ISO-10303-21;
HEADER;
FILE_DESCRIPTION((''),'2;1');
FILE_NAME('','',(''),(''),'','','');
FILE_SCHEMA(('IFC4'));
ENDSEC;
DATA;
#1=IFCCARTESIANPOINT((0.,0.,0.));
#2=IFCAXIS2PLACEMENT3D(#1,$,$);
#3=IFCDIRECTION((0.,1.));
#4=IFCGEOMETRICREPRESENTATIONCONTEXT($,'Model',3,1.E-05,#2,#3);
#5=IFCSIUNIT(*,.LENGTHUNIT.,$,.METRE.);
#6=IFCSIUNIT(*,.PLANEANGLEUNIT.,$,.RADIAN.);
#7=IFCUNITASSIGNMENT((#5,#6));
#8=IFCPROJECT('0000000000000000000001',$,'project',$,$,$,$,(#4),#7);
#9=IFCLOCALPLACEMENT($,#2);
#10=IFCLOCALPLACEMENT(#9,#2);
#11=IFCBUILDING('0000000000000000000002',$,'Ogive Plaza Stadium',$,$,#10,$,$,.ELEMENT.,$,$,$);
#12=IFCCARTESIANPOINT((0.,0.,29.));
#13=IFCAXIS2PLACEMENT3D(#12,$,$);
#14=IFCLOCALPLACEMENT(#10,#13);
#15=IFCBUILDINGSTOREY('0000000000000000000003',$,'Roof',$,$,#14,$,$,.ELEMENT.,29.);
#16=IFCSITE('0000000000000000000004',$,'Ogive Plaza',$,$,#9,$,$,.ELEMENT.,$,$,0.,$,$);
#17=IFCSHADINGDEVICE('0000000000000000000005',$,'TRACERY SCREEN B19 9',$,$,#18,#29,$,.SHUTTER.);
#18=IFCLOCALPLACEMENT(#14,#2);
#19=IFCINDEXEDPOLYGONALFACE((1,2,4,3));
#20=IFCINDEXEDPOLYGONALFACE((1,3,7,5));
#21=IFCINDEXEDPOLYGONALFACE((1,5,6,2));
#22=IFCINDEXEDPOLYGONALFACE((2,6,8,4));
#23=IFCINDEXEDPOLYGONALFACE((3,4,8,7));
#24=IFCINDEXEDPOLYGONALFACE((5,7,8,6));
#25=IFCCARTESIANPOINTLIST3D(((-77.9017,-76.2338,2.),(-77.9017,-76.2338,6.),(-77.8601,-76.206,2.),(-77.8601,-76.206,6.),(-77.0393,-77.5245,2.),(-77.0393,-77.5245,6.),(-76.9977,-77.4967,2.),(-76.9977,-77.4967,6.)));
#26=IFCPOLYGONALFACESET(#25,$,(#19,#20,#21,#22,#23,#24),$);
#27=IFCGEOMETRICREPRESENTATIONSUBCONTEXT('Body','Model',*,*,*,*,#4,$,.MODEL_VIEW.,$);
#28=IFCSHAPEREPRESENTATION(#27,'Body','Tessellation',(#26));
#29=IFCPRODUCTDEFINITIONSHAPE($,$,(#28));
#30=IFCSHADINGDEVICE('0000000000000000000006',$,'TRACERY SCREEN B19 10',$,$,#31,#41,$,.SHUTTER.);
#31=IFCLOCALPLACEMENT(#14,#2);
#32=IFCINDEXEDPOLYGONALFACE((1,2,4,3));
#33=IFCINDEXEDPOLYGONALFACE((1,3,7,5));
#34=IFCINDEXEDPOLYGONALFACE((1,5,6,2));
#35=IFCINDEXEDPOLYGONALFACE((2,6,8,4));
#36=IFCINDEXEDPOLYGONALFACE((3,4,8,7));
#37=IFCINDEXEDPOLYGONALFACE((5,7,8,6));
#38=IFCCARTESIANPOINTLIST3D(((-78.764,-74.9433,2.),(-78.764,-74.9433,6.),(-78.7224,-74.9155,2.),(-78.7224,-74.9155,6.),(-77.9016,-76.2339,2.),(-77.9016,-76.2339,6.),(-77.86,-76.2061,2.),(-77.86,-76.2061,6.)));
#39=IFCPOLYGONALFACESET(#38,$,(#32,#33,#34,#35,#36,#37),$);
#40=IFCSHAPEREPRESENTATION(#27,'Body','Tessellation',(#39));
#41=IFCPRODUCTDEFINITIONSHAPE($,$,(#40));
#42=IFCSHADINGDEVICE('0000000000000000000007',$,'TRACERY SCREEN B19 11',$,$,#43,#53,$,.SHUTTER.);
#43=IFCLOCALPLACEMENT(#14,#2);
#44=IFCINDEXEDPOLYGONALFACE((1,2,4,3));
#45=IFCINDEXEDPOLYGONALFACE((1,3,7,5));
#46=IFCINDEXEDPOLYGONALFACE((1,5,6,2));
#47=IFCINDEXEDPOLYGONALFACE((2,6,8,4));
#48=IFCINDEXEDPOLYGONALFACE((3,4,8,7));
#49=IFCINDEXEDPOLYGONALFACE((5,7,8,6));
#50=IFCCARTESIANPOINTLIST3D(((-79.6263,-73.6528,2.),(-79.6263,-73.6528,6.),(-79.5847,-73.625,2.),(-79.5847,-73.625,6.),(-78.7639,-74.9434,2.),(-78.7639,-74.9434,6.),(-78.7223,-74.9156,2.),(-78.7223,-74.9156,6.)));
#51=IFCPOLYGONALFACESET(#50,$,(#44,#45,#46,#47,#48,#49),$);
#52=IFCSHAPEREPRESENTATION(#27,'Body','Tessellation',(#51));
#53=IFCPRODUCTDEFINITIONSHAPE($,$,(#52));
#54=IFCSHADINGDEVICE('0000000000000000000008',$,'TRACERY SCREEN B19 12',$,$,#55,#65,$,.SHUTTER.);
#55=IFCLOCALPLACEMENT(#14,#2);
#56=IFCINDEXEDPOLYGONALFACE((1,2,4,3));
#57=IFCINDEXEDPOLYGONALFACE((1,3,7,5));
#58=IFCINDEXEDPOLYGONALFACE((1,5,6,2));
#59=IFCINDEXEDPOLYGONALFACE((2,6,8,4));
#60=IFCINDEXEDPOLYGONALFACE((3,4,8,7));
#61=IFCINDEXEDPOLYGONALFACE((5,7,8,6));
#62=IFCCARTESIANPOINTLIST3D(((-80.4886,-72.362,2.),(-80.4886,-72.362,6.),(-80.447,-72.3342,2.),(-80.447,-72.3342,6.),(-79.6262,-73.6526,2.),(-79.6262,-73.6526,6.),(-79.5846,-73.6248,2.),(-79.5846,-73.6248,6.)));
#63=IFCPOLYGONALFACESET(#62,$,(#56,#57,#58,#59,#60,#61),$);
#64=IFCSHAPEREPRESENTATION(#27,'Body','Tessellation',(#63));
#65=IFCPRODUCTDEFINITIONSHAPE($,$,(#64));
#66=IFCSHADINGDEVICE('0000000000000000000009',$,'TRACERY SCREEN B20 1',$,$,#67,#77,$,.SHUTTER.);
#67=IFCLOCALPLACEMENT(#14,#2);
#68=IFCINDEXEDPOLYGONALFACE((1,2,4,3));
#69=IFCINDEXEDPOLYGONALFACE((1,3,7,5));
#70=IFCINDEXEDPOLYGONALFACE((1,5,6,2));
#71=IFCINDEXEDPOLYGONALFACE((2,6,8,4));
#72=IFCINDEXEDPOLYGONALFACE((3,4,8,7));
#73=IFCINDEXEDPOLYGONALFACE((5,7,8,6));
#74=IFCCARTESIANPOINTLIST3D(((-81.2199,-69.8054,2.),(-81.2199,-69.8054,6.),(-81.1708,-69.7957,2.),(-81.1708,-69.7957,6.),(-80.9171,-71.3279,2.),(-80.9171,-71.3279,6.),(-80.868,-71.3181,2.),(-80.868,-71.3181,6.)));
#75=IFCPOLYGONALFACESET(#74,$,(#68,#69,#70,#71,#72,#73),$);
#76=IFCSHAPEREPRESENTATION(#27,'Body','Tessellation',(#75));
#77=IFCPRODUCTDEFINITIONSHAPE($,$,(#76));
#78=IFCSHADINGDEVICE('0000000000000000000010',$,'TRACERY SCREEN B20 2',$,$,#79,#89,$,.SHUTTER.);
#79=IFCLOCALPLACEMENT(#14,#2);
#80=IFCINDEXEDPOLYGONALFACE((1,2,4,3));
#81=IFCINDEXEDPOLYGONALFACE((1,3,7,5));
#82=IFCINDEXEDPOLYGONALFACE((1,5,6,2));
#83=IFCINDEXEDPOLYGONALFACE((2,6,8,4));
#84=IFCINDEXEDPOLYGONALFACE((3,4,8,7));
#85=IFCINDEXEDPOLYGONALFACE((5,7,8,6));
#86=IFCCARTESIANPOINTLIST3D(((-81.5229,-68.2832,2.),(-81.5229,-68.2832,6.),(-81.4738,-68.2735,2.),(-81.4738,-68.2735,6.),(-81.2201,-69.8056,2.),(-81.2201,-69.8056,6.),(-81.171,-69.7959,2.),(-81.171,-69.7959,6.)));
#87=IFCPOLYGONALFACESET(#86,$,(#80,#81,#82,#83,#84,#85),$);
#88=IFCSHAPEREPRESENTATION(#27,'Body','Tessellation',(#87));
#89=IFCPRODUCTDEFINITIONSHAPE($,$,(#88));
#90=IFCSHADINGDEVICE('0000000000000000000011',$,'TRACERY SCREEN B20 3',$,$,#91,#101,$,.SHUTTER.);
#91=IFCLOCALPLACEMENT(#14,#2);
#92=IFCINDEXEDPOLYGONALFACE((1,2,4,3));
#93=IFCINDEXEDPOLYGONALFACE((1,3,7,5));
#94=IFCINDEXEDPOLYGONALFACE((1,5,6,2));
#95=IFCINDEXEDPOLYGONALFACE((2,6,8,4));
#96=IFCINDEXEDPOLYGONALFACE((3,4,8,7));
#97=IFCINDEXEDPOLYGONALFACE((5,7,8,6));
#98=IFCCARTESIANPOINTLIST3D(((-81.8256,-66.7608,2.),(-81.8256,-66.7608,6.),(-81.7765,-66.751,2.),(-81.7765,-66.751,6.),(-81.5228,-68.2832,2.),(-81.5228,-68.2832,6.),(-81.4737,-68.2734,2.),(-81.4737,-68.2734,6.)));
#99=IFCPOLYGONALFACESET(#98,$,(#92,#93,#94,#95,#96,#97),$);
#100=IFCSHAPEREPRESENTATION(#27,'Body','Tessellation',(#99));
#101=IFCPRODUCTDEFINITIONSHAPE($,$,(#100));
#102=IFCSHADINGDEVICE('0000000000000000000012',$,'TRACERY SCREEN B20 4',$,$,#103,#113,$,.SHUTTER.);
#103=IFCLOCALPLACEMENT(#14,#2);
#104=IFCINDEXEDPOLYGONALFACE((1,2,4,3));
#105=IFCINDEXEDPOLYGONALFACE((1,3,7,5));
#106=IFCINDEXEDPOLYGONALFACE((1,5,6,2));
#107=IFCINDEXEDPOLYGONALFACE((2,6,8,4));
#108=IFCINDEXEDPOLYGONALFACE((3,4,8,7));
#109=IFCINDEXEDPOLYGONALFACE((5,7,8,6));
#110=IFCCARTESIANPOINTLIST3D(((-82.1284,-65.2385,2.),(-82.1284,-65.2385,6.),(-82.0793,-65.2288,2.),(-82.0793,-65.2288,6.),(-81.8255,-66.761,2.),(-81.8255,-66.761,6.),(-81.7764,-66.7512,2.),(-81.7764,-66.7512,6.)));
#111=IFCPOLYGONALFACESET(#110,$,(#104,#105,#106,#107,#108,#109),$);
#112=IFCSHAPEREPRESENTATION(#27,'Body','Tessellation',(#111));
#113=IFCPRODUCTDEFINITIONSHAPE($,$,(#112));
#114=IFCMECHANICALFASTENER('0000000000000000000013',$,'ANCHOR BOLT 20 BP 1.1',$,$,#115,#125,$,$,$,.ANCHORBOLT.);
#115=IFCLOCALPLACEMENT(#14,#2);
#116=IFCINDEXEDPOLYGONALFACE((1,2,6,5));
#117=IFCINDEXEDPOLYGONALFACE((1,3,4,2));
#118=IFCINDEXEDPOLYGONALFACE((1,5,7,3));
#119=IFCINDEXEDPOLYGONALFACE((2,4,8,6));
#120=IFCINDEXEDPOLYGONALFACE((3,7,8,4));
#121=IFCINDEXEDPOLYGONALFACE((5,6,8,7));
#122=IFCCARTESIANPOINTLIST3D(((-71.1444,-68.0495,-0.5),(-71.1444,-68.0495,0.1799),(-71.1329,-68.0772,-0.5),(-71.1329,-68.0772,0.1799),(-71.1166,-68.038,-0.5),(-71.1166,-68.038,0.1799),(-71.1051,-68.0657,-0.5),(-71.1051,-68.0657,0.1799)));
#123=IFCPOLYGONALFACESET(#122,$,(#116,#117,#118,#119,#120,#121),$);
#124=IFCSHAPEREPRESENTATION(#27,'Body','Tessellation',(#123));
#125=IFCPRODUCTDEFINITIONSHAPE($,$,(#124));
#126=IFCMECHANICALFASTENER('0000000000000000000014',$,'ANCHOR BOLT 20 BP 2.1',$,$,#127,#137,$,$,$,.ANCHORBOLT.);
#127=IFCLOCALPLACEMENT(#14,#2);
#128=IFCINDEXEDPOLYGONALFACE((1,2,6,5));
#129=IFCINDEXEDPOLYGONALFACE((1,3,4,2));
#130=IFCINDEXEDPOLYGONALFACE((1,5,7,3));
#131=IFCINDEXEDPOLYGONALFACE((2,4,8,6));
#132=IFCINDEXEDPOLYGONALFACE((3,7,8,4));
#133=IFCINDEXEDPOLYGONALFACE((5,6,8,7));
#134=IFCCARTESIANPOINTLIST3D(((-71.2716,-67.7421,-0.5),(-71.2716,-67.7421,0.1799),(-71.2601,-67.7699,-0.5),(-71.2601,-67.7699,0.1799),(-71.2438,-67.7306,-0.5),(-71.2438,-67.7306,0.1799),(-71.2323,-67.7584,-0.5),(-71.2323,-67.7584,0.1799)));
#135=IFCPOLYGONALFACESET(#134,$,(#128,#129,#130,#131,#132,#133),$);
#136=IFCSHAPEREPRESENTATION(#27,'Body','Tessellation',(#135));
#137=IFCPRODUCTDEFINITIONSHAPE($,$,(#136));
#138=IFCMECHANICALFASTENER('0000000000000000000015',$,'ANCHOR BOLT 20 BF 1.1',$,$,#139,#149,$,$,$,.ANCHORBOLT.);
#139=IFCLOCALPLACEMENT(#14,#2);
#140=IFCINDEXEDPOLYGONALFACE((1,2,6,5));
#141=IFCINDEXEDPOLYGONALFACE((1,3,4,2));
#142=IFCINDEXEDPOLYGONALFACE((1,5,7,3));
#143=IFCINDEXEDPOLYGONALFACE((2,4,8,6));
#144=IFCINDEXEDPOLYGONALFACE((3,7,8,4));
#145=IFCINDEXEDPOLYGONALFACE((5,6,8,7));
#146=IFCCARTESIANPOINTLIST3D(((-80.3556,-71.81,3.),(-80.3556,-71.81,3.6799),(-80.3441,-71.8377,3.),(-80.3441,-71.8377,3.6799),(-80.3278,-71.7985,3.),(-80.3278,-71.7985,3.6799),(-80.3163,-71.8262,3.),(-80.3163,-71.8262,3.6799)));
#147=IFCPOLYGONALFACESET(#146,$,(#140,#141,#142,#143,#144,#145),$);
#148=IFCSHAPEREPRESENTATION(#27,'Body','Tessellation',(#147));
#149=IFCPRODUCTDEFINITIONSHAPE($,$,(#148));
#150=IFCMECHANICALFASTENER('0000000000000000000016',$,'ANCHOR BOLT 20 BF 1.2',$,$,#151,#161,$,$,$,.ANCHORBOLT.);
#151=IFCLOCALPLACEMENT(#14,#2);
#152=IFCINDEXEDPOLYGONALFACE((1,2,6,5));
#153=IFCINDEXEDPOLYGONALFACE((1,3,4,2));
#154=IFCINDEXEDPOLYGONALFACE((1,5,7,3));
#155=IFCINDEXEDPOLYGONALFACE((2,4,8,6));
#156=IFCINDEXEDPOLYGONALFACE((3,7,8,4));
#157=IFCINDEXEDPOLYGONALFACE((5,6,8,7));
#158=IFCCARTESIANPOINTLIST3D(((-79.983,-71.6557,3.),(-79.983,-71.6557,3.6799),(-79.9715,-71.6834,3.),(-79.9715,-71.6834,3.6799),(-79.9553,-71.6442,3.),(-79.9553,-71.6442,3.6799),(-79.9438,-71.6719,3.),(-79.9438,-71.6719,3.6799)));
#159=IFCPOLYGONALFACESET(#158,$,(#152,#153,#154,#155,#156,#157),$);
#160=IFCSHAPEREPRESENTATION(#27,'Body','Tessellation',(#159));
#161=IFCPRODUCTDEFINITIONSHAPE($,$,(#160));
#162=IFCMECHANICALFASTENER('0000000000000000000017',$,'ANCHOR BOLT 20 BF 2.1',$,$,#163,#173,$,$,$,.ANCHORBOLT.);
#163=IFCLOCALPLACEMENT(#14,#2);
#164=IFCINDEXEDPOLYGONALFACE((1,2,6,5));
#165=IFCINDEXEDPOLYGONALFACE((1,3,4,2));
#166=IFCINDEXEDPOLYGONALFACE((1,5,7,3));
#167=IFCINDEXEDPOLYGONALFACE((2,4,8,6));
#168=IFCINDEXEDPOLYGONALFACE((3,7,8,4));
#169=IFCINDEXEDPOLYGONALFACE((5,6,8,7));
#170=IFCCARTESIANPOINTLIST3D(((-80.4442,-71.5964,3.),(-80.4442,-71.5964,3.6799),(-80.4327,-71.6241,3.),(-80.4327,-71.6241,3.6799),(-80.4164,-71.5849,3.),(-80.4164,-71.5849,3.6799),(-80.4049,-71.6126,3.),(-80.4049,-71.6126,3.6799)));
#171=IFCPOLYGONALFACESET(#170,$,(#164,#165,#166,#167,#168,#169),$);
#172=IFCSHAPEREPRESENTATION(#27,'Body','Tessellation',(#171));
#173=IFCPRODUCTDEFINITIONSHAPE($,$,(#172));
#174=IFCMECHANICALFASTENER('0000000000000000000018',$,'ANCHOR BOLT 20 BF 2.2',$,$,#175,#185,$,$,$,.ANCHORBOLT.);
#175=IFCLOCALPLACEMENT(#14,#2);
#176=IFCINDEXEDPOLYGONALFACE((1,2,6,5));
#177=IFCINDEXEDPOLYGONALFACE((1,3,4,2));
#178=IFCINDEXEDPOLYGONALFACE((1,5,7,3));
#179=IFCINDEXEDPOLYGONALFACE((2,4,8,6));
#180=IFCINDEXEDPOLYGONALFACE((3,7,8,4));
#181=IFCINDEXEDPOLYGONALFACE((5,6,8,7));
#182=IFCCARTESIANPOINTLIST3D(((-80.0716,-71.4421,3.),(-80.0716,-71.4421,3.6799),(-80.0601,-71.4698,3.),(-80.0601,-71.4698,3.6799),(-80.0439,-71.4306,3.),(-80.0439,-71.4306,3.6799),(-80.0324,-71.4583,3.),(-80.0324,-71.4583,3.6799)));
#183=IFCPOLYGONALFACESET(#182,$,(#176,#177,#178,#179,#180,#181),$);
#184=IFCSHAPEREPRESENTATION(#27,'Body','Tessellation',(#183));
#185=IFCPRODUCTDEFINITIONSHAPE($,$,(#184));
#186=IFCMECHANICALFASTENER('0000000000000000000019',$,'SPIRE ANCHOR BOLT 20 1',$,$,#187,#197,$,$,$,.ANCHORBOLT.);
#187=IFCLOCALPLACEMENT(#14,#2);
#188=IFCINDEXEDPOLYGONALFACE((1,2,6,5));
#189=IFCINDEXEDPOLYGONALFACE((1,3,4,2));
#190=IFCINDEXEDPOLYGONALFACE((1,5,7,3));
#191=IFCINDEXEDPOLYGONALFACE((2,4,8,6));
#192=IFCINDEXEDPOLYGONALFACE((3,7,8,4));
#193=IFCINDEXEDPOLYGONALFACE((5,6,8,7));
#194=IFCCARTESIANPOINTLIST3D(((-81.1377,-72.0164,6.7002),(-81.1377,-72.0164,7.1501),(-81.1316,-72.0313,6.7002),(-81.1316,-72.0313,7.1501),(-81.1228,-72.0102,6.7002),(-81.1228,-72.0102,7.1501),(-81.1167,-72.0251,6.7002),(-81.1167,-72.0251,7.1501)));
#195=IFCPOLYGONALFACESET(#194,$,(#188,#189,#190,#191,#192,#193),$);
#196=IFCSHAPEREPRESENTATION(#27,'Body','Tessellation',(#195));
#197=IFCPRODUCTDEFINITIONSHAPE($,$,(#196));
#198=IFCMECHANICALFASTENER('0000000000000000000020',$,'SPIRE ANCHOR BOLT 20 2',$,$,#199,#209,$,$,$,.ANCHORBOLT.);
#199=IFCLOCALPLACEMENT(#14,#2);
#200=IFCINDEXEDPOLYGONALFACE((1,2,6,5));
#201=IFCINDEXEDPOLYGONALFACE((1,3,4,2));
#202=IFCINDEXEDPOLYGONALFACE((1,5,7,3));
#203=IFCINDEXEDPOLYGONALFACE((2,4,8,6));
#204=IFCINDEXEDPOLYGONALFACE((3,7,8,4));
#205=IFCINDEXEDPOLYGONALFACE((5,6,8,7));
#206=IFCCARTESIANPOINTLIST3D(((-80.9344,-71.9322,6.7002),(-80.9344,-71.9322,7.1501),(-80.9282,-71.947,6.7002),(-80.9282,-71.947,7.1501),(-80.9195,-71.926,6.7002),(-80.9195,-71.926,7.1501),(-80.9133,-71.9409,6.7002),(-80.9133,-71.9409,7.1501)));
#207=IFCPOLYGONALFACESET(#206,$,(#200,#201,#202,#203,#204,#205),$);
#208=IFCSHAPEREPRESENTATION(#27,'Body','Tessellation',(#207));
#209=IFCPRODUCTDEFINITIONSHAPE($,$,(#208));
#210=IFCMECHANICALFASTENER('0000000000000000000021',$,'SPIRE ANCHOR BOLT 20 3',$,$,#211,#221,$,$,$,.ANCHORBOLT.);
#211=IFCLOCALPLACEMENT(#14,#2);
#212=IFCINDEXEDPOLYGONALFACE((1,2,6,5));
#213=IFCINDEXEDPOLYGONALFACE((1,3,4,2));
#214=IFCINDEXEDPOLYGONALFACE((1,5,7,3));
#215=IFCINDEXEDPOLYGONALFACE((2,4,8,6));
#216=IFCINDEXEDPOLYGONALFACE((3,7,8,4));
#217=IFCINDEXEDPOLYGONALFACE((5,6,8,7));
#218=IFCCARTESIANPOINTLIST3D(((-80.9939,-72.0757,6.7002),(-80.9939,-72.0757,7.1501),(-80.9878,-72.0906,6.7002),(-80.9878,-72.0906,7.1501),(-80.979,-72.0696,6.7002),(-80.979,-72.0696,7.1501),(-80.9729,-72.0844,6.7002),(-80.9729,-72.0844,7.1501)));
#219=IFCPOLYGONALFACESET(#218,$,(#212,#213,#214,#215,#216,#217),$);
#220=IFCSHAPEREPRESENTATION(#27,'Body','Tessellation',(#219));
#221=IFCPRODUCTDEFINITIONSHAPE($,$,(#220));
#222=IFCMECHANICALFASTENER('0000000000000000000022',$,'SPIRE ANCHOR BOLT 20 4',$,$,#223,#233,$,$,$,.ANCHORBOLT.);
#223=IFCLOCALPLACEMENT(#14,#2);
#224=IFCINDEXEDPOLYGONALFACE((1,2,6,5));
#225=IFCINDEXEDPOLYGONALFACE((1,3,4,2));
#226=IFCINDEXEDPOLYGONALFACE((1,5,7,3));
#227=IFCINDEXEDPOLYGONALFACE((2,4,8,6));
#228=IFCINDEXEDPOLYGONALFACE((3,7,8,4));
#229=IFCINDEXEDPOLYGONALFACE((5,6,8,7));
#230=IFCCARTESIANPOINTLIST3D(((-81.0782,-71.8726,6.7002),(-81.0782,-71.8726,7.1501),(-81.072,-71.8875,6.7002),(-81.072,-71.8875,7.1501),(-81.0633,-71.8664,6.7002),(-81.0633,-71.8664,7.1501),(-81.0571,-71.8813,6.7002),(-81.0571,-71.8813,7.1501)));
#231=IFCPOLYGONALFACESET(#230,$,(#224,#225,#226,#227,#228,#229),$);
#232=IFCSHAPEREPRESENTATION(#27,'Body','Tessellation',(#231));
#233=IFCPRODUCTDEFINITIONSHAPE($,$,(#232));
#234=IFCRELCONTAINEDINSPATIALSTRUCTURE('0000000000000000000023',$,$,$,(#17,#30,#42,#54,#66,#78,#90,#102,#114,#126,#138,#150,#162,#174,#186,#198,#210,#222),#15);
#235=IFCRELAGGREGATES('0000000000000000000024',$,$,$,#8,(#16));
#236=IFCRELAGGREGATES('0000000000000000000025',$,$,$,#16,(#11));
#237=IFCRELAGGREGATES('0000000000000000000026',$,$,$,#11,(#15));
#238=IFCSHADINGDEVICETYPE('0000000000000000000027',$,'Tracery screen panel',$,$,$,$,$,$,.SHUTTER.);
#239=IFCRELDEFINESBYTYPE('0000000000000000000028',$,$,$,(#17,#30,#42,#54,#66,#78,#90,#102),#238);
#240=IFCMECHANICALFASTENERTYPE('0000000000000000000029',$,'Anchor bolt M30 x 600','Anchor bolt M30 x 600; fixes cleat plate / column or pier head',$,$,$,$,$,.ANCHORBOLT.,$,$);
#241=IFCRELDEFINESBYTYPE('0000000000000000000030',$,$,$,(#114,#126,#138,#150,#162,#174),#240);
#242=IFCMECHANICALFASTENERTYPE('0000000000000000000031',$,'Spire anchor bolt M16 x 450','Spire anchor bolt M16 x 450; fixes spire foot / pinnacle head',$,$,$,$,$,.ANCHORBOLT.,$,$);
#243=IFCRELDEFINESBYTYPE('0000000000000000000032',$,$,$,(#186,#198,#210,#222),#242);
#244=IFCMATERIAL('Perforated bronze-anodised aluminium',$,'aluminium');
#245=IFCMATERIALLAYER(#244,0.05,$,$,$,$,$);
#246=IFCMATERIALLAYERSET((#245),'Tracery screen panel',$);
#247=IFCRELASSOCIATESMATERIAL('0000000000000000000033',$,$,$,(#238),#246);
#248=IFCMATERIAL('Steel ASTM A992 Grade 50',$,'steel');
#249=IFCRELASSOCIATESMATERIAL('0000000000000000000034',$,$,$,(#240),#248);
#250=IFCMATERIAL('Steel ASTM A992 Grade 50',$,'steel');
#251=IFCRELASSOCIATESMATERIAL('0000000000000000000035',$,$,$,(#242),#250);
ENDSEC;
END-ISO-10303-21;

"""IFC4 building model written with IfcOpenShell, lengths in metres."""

from ifc_helpers import new_model, si_unit, direction, frame, origin, origin_2d, place, context, subcontext, project, spatial, rectangle, extrude, material, layer, layer_set, type_object, element, save


model = new_model("IFC4")

# Units and contexts
model_context = context("Model", 3, precision=1e-05, world=origin(), true_north=direction((0.0, 1.0)))
body_context = subcontext(model_context, "Body", "Model", "MODEL_VIEW")
ifc_project = project(units=[si_unit("LENGTHUNIT", "METRE"), si_unit("PLANEANGLEUNIT", "RADIAN")], contexts=[model_context])

# Site, building, storey
site_placement = place(None, origin())
site = spatial("IfcSite", under=ifc_project, at=site_placement, Name="Ogive Plaza", CompositionType="ELEMENT", RefElevation=0.0)
building_placement = place(site_placement, origin())
building = spatial("IfcBuilding", under=site, at=building_placement, Name="Ogive Plaza Stadium", CompositionType="ELEMENT")
storey_placement = place(building_placement, frame((0.0, 0.0, 29.0)))
storey = spatial("IfcBuildingStorey", under=building, at=storey_placement, Name="Roof", CompositionType="ELEMENT", Elevation=29.0)

# Shading devices
ifc_material_1 = material(Name="Perforated bronze-anodised aluminium", Category="aluminium")
ifc_layer_1 = layer(ifc_material_1, 0.05)
ifc_layer_set_1 = layer_set([ifc_layer_1], Name="Tracery screen panel")
shading_device_type = type_object("IfcShadingDeviceType", Name="Tracery screen panel", PredefinedType="SHUTTER", material=ifc_layer_set_1)
for number, where, z_axis, x_axis, name in (
    (1, (-77.4497, -76.8652, 2.0), (0.0, 0.0, 1.0), (-0.55557, 0.83147, 0.0), "TRACERY SCREEN B19 9"),
    (2, (-78.312, -75.5747, 2.0), (0.0, 0.0, 1.0), (-0.55557, 0.83147, 0.0), "TRACERY SCREEN B19 10"),
    (3, (-79.1743, -74.2842, 2.0), (0.0, 0.0, 1.0), (-0.55557, 0.83147, 0.0), "TRACERY SCREEN B19 11"),
    (4, (-80.0366, -72.9934, 2.0), (0.0, 0.0, 1.0), (-0.55557, 0.83147, 0.0), "TRACERY SCREEN B19 12"),
    (5, (-81.0439, -70.5618, 2.0), (0.0, 0.0, 1.0), (-0.19509, 0.980785, 0.0), "TRACERY SCREEN B20 1"),
    (6, (-81.3469, -69.0396, 2.0), (0.0, 0.0, 1.0), (-0.19509, 0.980785, 0.0), "TRACERY SCREEN B20 2"),
    (7, (-81.6497, -67.5171, 2.0), (0.0, 0.0, 1.0), (-0.19509, 0.980785, 0.0), "TRACERY SCREEN B20 3"),
    (8, (-81.9524, -65.9949, 2.0), (0.0, 0.0, 1.0), (-0.19509, 0.980785, 0.0), "TRACERY SCREEN B20 4"),
):
    element("IfcShadingDevice", number, at=place(storey_placement, frame(where, z_axis=z_axis, x_axis=x_axis)), inside=storey, type_object=shading_device_type, Name=name, PredefinedType="SHUTTER", context=body_context, shape_type="SweptSolid", body=[
        extrude(rectangle(XDim=1.5522, YDim=0.05, at=origin_2d()), origin(), (0.0, 0.0, 1.0), 4.0),
    ])

# Mechanical fasteners
ifc_material_2 = material(Name="Steel ASTM A992 Grade 50", Category="steel")
mechanical_fastener_type_1 = type_object("IfcMechanicalFastenerType", Name="Anchor bolt M30 x 600", Description="Anchor bolt M30 x 600; fixes cleat plate / column or pier head", PredefinedType="ANCHORBOLT", material=ifc_material_2)
for number, where, z_axis, x_axis, name in (
    (9, (-71.1248, -68.0576, -0.5), (0.0, 0.0, 1.0), (-0.92388, -0.382683, 0.0), "ANCHOR BOLT 20 BP 1.1"),
    (10, (-71.252, -67.7502, -0.5), (0.0, 0.0, 1.0), (-0.92388, -0.382683, 0.0), "ANCHOR BOLT 20 BP 2.1"),
    (11, (-80.3359, -71.8181, 3.0), (0.0, 0.0, 1.0), (-0.92388, -0.382683, 0.0), "ANCHOR BOLT 20 BF 1.1"),
    (12, (-79.9634, -71.6638, 3.0), (0.0, 0.0, 1.0), (-0.92388, -0.382683, 0.0), "ANCHOR BOLT 20 BF 1.2"),
    (13, (-80.4246, -71.6045, 3.0), (0.0, 0.0, 1.0), (-0.92388, -0.382683, 0.0), "ANCHOR BOLT 20 BF 2.1"),
    (14, (-80.052, -71.4502, 3.0), (0.0, 0.0, 1.0), (-0.92388, -0.382683, 0.0), "ANCHOR BOLT 20 BF 2.2"),
):
    element("IfcMechanicalFastener", number, at=place(storey_placement, frame(where, z_axis=z_axis, x_axis=x_axis)), inside=storey, type_object=mechanical_fastener_type_1, Name=name, PredefinedType="ANCHORBOLT", context=body_context, shape_type="SweptSolid", body=[
        extrude(rectangle(XDim=0.03, YDim=0.03, at=origin_2d()), origin(), (0.0, 0.0, 1.0), 0.6799),
    ])
ifc_material_3 = material(Name="Steel ASTM A992 Grade 50", Category="steel")
mechanical_fastener_type_2 = type_object("IfcMechanicalFastenerType", Name="Spire anchor bolt M16 x 450", Description="Spire anchor bolt M16 x 450; fixes spire foot / pinnacle head", PredefinedType="ANCHORBOLT", material=ifc_material_3)
for number, where, z_axis, x_axis, name in (
    (15, (-81.1272, -72.0208, 6.7002), (0.0, 0.0, 1.0), (-0.92388, -0.382683, 0.0), "SPIRE ANCHOR BOLT 20 1"),
    (16, (-80.9238, -71.9365, 6.7002), (0.0, 0.0, 1.0), (-0.92388, -0.382683, 0.0), "SPIRE ANCHOR BOLT 20 2"),
    (17, (-80.9834, -72.0801, 6.7002), (0.0, 0.0, 1.0), (-0.92388, -0.382683, 0.0), "SPIRE ANCHOR BOLT 20 3"),
    (18, (-81.0676, -71.877, 6.7002), (0.0, 0.0, 1.0), (-0.92388, -0.382683, 0.0), "SPIRE ANCHOR BOLT 20 4"),
):
    element("IfcMechanicalFastener", number, at=place(storey_placement, frame(where, z_axis=z_axis, x_axis=x_axis)), inside=storey, type_object=mechanical_fastener_type_2, Name=name, PredefinedType="ANCHORBOLT", context=body_context, shape_type="SweptSolid", body=[
        extrude(rectangle(XDim=0.0161, YDim=0.0161, at=origin_2d()), origin(), (0.0, 0.0, 1.0), 0.45),
    ])

save(model, "model.ifc")
